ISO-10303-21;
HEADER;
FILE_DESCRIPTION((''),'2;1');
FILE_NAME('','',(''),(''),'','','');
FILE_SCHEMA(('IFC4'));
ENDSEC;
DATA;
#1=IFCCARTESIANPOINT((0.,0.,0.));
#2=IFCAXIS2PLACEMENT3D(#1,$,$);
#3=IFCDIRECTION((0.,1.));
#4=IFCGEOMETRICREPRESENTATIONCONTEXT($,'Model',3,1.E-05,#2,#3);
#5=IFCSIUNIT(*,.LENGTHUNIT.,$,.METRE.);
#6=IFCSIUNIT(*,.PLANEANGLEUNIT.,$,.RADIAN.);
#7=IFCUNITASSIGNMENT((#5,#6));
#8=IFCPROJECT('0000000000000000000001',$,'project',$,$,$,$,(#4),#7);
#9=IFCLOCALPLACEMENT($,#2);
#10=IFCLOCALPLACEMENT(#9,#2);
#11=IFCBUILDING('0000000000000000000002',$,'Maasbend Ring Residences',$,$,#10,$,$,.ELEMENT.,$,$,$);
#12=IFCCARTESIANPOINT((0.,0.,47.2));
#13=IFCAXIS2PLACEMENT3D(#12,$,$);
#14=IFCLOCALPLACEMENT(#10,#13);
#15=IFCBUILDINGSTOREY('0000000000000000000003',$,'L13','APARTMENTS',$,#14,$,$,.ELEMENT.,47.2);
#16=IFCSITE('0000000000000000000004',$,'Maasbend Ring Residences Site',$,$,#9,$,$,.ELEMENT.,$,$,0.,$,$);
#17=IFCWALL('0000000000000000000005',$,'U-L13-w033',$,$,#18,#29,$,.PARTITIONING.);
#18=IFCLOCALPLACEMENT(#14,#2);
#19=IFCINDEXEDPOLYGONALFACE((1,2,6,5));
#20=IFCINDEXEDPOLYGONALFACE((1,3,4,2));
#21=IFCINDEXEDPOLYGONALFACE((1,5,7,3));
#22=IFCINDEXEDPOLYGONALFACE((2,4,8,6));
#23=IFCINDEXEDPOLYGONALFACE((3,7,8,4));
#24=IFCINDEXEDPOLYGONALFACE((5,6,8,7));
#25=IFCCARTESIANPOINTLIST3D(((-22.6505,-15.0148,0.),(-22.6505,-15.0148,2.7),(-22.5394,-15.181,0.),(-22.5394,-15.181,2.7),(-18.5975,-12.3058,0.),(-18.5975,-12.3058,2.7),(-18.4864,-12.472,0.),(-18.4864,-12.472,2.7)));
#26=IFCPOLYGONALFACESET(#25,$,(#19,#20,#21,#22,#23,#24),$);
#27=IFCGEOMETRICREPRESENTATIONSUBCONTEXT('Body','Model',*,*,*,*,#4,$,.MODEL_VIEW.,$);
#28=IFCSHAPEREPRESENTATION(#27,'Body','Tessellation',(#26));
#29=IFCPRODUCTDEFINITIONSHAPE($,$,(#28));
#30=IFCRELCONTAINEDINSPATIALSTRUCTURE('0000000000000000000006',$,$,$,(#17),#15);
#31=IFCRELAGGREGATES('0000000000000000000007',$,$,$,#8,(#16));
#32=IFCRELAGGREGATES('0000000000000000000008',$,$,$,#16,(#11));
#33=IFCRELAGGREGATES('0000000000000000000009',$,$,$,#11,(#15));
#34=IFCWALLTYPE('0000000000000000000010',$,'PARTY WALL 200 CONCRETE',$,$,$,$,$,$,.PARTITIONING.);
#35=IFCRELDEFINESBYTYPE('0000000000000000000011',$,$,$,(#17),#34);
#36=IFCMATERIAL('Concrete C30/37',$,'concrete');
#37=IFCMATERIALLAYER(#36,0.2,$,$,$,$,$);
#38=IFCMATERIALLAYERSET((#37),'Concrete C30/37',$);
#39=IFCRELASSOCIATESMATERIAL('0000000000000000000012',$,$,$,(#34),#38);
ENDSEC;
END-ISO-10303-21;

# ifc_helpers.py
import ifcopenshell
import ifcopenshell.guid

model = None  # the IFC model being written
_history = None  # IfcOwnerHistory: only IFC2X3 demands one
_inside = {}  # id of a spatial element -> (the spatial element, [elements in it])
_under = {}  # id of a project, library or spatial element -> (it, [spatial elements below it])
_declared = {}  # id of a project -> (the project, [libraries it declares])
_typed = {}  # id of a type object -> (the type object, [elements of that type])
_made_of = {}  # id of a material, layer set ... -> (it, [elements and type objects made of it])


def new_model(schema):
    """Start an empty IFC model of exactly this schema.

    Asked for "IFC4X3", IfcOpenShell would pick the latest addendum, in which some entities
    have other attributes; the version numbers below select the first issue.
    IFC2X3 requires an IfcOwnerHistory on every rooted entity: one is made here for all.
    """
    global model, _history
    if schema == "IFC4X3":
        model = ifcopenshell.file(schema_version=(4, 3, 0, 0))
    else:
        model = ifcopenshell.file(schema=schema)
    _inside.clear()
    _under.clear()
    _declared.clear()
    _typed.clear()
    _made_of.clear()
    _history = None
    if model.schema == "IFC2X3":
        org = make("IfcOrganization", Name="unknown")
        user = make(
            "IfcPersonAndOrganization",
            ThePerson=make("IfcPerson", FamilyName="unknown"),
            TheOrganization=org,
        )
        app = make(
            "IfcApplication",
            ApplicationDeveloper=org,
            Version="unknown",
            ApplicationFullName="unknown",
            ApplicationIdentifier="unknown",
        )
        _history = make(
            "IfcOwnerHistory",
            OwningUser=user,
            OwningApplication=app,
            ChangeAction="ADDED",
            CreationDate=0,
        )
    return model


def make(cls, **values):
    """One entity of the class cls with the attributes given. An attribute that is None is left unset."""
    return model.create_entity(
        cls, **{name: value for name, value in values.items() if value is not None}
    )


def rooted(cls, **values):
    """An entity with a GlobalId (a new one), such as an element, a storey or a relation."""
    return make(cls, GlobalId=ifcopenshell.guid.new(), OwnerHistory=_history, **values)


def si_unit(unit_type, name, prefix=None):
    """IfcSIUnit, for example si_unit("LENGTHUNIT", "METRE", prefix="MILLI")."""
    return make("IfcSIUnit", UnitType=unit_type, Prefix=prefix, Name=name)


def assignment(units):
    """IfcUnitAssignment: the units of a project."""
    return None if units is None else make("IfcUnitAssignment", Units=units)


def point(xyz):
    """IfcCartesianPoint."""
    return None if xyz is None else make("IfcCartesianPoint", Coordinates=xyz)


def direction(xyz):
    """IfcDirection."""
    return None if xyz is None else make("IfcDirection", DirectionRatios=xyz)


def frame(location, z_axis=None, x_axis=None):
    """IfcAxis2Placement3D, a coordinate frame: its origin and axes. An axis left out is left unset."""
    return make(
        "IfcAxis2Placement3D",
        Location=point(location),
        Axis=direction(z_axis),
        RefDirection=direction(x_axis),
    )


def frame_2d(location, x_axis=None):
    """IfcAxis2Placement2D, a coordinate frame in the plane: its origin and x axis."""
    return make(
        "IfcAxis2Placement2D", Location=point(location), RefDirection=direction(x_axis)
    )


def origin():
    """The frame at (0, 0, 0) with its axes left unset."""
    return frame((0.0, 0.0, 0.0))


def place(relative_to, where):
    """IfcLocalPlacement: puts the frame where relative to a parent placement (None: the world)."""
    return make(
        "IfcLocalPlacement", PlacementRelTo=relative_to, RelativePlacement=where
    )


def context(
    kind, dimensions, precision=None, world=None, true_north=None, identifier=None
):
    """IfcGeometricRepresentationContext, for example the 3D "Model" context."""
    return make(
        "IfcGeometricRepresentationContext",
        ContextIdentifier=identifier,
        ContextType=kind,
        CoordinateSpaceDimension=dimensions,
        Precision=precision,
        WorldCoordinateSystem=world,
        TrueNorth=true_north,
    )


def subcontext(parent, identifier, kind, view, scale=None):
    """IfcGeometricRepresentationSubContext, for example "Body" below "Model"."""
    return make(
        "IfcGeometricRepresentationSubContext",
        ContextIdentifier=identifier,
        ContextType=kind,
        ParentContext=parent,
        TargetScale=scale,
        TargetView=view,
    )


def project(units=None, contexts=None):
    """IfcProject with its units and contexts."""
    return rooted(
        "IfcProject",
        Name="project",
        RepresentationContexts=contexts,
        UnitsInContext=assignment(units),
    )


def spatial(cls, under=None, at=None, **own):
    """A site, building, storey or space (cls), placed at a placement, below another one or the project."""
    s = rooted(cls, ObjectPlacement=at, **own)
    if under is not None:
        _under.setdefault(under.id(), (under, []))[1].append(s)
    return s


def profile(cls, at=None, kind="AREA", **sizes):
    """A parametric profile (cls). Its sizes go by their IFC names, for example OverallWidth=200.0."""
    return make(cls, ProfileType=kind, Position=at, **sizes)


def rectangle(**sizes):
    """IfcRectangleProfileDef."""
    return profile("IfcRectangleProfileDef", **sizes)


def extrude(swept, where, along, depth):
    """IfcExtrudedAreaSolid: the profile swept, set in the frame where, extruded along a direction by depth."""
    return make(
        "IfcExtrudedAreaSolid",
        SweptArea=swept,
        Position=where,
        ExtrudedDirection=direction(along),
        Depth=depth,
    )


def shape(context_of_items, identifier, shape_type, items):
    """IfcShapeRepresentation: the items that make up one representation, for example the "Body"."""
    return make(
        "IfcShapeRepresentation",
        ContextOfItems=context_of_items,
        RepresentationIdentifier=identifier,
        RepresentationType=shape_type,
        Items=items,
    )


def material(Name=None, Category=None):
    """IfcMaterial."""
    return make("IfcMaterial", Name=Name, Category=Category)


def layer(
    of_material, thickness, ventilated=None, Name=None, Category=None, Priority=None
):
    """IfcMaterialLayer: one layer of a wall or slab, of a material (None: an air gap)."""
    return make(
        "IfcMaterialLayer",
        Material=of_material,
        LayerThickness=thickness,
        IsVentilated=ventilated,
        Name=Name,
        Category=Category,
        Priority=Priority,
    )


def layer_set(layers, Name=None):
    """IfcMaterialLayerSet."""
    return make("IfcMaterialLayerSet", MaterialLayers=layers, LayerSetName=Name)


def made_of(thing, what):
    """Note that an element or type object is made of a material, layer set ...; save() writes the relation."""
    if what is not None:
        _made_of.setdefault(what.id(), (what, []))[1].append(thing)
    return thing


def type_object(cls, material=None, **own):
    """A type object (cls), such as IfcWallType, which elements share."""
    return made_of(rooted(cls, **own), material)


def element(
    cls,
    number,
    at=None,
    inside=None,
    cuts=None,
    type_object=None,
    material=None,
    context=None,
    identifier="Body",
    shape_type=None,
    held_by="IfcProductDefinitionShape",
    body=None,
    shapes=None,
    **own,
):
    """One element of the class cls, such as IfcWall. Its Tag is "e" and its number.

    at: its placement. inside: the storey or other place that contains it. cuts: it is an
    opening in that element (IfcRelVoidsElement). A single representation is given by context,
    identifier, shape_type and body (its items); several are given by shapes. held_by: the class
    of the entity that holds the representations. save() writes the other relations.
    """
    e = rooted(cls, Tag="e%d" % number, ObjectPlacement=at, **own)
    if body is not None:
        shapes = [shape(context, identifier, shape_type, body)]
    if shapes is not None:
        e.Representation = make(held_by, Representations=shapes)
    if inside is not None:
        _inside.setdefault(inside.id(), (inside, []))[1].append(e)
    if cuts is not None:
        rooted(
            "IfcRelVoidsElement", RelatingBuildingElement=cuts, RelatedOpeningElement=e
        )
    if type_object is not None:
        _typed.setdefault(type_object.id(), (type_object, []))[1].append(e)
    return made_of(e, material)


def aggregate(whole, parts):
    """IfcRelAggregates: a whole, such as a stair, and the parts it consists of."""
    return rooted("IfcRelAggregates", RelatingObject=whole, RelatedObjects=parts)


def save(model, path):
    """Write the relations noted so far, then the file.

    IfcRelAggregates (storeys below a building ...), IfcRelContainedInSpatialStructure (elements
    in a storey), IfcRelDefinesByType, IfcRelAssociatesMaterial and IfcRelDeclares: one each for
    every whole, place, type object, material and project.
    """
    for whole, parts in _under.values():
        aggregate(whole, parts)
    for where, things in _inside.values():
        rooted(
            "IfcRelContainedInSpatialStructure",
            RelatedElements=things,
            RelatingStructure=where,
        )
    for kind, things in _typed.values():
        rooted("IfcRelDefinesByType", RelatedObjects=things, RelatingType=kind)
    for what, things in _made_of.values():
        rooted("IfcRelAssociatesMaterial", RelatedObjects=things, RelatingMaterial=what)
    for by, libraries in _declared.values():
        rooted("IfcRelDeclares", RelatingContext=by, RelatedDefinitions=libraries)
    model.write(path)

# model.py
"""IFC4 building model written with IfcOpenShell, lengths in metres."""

from ifc_helpers import new_model, si_unit, direction, frame, frame_2d, origin, place, context, subcontext, project, spatial, rectangle, extrude, material, layer, layer_set, type_object, element, save


model = new_model("IFC4")

# Units and contexts
model_context = context("Model", 3, precision=1e-05, world=origin(), true_north=direction((0.0, 1.0)))
body_context = subcontext(model_context, "Body", "Model", "MODEL_VIEW")
ifc_project = project(units=[si_unit("LENGTHUNIT", "METRE"), si_unit("PLANEANGLEUNIT", "RADIAN")], contexts=[model_context])

# Site, building, storey
site_placement = place(None, origin())
site = spatial("IfcSite", under=ifc_project, at=site_placement, Name="Maasbend Ring Residences Site", CompositionType="ELEMENT", RefElevation=0.0)
building_placement = place(site_placement, origin())
building = spatial("IfcBuilding", under=site, at=building_placement, Name="Maasbend Ring Residences", CompositionType="ELEMENT")
storey_placement = place(building_placement, frame((0.0, 0.0, 47.2)))
storey = spatial("IfcBuildingStorey", under=building, at=storey_placement, Name="L13", Description="APARTMENTS", CompositionType="ELEMENT", Elevation=47.2)

# Wall
ifc_material_1 = material(Name="Concrete C30/37", Category="concrete")
ifc_layer_1 = layer(ifc_material_1, 0.2)
ifc_layer_set_1 = layer_set([ifc_layer_1], Name="Concrete C30/37")
wall_type_1 = type_object("IfcWallType", Name="PARTY WALL 200 CONCRETE", PredefinedType="PARTITIONING", material=ifc_layer_set_1)
wall_1_placement = place(storey_placement, frame((-22.595, -15.0979, 0.0), z_axis=(0.0, 0.0, 1.0), x_axis=(0.831387, 0.555694, 0.0)))
element("IfcWall", 1, at=wall_1_placement, inside=storey, type_object=wall_type_1, Name="U-L13-w033", PredefinedType="PARTITIONING", context=body_context, shape_type="SweptSolid", body=[
    extrude(rectangle(XDim=4.875, YDim=0.2, at=frame_2d((2.4375, 0.0))), origin(), (0.0, 0.0, 1.0), 2.7),
])

save(model, "model.ifc")
